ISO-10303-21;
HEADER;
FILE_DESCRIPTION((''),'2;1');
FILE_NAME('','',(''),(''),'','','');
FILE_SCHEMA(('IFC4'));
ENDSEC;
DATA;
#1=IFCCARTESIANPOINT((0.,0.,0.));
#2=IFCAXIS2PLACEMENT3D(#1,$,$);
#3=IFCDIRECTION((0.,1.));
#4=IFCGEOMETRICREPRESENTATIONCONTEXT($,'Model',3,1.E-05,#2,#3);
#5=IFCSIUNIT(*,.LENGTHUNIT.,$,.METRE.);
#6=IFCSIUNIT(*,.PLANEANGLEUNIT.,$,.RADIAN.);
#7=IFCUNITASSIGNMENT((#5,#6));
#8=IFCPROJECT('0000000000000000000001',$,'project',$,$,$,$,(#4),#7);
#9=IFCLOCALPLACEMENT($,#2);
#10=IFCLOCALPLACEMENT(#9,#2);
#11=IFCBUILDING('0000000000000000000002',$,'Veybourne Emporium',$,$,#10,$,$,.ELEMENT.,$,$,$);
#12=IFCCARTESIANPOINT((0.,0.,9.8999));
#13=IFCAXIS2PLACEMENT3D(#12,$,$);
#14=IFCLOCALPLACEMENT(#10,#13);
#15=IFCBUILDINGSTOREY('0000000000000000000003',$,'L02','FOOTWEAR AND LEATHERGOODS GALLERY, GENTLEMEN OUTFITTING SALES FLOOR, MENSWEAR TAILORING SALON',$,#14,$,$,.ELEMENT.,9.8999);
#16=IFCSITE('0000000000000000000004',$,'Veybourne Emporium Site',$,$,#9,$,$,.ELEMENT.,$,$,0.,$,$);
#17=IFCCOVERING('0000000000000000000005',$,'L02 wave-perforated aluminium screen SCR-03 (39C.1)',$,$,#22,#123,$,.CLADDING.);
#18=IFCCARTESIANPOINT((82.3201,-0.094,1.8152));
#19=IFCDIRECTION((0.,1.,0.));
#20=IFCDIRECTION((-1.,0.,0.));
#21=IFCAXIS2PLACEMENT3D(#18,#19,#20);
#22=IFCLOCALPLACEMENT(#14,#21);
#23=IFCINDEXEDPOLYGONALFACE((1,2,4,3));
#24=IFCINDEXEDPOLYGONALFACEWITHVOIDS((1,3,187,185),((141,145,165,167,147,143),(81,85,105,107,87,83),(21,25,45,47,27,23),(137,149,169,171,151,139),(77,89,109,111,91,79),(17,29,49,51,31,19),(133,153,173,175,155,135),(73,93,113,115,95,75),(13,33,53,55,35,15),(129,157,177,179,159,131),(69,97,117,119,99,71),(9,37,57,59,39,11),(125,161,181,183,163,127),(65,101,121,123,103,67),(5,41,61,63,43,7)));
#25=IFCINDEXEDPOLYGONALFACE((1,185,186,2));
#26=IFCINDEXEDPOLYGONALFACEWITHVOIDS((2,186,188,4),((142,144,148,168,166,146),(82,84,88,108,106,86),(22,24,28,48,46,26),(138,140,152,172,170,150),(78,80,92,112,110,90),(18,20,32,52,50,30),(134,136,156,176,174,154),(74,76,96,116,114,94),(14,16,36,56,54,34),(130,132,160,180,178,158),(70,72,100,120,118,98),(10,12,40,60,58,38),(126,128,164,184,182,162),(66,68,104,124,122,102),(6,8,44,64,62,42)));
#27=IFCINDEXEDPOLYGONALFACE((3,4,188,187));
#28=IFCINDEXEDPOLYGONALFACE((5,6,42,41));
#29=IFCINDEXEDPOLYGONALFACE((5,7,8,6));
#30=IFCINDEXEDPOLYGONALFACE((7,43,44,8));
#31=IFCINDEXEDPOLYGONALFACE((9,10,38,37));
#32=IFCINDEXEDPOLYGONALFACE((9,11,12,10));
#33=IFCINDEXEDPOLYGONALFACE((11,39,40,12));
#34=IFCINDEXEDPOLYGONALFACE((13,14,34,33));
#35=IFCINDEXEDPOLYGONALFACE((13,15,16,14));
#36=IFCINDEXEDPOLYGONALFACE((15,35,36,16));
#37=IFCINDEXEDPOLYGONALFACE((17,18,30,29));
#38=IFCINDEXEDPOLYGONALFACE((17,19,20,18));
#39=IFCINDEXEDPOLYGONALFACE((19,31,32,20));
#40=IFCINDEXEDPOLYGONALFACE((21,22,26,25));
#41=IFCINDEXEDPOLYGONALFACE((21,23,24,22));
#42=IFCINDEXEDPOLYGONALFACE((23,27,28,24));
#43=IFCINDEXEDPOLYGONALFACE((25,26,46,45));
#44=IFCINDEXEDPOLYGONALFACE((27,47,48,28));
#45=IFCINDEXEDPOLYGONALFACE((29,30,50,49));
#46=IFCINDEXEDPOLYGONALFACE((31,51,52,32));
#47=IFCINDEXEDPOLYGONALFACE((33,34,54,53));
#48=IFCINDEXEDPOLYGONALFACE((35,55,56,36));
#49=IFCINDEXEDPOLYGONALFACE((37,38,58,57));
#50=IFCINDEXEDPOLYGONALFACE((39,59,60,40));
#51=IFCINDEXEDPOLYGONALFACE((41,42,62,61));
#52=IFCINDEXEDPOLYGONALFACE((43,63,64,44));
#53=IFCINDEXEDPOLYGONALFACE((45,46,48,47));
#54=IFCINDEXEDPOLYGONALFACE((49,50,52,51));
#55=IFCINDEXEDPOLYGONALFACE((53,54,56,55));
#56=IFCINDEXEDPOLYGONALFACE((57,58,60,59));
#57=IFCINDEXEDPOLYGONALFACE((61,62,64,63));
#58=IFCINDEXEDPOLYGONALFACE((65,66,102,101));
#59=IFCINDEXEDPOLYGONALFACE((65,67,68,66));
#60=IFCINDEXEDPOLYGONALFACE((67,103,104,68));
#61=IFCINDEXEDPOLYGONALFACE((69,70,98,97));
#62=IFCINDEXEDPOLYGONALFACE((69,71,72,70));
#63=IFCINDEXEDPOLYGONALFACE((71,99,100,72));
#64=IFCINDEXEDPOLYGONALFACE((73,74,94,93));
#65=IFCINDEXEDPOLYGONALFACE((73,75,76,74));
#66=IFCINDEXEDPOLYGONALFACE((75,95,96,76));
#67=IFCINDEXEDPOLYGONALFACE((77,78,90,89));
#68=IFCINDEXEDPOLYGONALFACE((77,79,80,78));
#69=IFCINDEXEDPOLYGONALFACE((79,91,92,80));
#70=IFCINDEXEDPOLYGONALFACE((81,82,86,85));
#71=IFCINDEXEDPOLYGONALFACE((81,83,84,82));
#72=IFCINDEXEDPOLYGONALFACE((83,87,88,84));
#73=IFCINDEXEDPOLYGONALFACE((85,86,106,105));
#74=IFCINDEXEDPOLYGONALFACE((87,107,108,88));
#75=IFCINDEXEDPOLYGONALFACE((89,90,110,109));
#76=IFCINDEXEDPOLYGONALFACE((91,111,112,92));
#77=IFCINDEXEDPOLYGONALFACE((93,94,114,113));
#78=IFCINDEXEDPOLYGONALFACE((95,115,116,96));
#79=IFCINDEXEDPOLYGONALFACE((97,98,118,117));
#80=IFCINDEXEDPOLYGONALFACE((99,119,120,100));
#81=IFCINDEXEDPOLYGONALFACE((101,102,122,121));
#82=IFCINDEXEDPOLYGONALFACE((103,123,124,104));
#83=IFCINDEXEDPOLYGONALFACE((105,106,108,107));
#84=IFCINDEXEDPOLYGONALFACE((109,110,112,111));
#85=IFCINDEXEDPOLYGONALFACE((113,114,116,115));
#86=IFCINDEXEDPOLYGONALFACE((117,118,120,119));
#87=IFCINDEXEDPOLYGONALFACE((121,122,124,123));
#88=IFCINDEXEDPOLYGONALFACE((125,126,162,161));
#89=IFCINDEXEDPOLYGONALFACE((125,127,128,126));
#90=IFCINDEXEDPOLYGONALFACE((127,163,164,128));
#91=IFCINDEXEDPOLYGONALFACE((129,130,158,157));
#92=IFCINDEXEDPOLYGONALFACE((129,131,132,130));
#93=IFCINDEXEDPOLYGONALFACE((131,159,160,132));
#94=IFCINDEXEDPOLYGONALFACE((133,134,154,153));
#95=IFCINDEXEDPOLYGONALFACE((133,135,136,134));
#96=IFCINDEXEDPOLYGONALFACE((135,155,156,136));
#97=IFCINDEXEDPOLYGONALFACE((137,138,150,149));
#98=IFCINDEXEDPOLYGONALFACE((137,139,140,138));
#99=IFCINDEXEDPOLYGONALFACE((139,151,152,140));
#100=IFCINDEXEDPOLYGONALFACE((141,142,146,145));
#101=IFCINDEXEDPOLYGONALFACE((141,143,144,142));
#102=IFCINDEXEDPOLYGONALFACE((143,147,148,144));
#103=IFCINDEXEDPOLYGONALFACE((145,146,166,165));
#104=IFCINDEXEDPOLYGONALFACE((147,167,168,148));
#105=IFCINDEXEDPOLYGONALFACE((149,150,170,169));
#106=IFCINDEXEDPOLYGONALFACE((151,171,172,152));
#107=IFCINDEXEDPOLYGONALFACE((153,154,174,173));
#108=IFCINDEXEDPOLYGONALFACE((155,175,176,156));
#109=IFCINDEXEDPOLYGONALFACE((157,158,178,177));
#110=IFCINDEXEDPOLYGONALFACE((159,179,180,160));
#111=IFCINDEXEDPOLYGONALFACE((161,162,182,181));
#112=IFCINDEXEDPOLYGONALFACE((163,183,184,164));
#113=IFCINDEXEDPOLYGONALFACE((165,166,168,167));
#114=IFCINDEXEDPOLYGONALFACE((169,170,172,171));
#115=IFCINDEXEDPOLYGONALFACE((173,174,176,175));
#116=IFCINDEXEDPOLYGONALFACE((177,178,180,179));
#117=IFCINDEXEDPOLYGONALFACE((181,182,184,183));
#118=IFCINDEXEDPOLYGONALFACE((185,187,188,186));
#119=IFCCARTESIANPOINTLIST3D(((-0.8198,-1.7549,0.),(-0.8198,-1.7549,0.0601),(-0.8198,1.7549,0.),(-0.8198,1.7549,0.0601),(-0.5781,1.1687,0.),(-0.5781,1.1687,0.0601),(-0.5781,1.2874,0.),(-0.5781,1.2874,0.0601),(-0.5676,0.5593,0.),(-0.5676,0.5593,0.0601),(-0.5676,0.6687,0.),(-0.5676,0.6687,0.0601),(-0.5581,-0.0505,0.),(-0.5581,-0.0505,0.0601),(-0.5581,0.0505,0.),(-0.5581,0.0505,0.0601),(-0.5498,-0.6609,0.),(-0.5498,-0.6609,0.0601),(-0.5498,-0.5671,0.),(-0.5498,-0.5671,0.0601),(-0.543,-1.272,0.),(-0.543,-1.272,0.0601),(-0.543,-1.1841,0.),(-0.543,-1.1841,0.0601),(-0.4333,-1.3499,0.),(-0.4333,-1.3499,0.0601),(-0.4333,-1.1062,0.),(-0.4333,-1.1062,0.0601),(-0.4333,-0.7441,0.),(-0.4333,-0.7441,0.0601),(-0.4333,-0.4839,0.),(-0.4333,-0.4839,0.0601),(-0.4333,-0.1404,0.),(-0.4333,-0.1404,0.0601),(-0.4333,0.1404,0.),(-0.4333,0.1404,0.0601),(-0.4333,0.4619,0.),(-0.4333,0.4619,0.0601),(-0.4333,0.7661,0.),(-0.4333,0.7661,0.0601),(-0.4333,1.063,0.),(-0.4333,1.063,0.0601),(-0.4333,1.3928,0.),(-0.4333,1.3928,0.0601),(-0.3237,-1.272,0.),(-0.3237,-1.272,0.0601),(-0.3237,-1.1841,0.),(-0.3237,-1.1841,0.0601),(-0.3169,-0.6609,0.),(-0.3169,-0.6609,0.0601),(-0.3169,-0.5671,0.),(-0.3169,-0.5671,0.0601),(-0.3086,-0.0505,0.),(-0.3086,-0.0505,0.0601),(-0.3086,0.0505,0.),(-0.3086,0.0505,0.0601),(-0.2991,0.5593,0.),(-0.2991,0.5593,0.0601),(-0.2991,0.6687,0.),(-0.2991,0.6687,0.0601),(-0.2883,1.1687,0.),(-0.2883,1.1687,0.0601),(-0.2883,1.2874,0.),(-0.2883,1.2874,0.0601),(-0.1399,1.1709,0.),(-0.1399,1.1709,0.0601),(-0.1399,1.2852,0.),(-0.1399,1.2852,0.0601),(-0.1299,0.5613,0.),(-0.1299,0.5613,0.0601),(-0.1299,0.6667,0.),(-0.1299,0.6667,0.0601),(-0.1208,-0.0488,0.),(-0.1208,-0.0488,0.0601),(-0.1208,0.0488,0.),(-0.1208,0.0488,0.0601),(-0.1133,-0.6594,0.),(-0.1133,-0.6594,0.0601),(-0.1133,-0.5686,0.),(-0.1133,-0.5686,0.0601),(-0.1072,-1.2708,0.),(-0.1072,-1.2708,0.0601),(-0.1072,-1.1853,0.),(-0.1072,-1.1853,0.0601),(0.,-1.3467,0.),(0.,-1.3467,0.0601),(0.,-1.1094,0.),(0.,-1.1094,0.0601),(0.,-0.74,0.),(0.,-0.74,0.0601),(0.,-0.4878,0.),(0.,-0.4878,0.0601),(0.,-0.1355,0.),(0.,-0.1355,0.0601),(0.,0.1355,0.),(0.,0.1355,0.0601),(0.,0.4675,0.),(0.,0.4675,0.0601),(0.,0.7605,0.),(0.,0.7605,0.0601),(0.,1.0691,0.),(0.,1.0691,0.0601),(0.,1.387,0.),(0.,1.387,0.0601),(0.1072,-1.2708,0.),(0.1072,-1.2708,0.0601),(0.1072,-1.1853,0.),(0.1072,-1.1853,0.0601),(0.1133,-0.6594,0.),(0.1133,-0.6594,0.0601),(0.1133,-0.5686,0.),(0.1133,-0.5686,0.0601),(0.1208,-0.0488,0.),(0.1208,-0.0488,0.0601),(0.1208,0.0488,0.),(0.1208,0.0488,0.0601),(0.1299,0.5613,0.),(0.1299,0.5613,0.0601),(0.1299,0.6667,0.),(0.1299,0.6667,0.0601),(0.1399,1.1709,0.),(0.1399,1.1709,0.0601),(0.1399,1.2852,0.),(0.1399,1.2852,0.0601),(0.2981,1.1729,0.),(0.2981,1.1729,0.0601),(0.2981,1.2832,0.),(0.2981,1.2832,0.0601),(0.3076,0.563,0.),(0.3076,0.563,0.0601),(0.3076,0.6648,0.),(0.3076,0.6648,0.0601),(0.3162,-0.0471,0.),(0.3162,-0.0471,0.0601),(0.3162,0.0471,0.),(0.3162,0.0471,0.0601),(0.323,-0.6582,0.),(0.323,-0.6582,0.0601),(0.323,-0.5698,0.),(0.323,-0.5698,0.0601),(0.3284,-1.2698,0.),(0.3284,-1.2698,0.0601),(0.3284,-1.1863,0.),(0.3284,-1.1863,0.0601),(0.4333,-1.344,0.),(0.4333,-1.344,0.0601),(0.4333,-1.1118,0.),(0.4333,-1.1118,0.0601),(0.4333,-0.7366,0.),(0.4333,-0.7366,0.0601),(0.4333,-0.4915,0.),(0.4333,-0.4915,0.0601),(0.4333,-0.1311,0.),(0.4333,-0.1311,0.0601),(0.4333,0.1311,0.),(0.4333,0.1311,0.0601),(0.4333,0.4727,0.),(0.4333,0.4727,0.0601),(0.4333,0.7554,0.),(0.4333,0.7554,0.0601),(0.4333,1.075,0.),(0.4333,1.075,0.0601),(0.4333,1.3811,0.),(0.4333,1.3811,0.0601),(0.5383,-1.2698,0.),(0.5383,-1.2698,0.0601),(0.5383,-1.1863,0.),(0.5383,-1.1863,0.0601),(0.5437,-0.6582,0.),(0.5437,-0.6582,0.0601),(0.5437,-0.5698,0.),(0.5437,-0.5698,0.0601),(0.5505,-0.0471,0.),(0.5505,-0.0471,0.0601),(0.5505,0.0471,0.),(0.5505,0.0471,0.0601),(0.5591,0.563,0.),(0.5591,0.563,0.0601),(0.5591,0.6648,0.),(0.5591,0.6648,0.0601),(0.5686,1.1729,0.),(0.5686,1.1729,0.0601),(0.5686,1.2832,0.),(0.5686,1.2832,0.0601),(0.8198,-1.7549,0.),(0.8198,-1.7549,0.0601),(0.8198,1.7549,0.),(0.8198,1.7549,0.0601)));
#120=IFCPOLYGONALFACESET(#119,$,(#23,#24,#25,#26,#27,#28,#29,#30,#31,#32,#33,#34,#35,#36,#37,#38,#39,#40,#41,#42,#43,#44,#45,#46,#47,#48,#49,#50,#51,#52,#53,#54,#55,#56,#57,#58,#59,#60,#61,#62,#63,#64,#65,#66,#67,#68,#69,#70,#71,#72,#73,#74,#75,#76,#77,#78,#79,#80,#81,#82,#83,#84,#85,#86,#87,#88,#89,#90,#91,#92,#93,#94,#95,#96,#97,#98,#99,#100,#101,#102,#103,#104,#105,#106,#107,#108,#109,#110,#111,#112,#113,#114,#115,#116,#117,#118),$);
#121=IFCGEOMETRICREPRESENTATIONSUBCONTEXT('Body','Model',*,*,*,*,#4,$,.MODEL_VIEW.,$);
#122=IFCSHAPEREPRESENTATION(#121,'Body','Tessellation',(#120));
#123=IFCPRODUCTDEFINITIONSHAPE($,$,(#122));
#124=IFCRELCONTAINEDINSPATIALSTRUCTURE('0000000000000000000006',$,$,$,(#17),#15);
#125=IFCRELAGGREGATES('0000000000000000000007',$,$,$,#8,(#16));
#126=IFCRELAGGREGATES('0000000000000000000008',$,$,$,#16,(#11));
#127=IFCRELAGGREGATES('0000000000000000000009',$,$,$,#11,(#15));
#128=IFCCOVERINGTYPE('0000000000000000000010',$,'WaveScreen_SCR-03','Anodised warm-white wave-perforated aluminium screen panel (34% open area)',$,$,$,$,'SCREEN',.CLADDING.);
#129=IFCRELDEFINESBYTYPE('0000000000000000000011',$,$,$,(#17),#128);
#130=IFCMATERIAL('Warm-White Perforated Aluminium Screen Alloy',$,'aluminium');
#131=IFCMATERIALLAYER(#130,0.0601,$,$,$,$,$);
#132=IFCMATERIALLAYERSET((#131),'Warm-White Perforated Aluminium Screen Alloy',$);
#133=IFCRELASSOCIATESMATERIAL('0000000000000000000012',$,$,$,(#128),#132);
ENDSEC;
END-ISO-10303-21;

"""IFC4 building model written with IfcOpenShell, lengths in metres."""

from ifc_helpers import new_model, si_unit, direction, frame, origin, place, context, subcontext, project, spatial, polyline, outline, extrude, material, layer, layer_set, type_object, element, save


model = new_model("IFC4")

# Units and contexts
model_context = context("Model", 3, precision=1e-05, world=origin(), true_north=direction((0.0, 1.0)))
body_context = subcontext(model_context, "Body", "Model", "MODEL_VIEW")
ifc_project = project(units=[si_unit("LENGTHUNIT", "METRE"), si_unit("PLANEANGLEUNIT", "RADIAN")], contexts=[model_context])

# Site, building, storey
site_placement = place(None, origin())
site = spatial("IfcSite", under=ifc_project, at=site_placement, Name="Veybourne Emporium Site", CompositionType="ELEMENT", RefElevation=0.0)
building_placement = place(site_placement, origin())
building = spatial("IfcBuilding", under=site, at=building_placement, Name="Veybourne Emporium", CompositionType="ELEMENT")
storey_placement = place(building_placement, frame((0.0, 0.0, 9.8999)))
storey = spatial("IfcBuildingStorey", under=building, at=storey_placement, Name="L02", Description="FOOTWEAR AND LEATHERGOODS GALLERY, GENTLEMEN OUTFITTING SALES FLOOR, MENSWEAR TAILORING SALON", CompositionType="ELEMENT", Elevation=9.8999)

# Covering
ifc_material_1 = material(Name="Warm-White Perforated Aluminium Screen Alloy", Category="aluminium")
ifc_layer_1 = layer(ifc_material_1, 0.0601)
ifc_layer_set_1 = layer_set([ifc_layer_1], Name="Warm-White Perforated Aluminium Screen Alloy")
covering_type_1 = type_object("IfcCoveringType", Name="WaveScreen_SCR-03", Description="Anodised warm-white wave-perforated aluminium screen panel (34% open area)", ElementType="SCREEN", PredefinedType="CLADDING", material=ifc_layer_set_1)
covering_1_placement = place(storey_placement, frame((82.3201, -0.094, 1.8152), z_axis=(0.0, 1.0, 0.0), x_axis=(-1.0, 0.0, 0.0)))
element("IfcCovering", 1, at=covering_1_placement, inside=storey, type_object=covering_type_1, Name="L02 wave-perforated aluminium screen SCR-03 (39C.1)", PredefinedType="CLADDING", context=body_context, shape_type="SweptSolid", body=[
    extrude(outline(polyline([(-0.8198, -1.7549), (0.8198, -1.7549), (0.8198, 1.7549), (-0.8198, 1.7549), (-0.8198, -1.7549)]), holes=[polyline([(-0.4333, -1.1062), (-0.3237, -1.1841), (-0.3237, -1.272), (-0.4333, -1.3499), (-0.543, -1.272), (-0.543, -1.1841), (-0.4333, -1.1062)]), polyline([(-0.4333, -0.4839), (-0.3169, -0.5671), (-0.3169, -0.6609), (-0.4333, -0.7441), (-0.5498, -0.6609), (-0.5498, -0.5671), (-0.4333, -0.4839)]), polyline([(-0.4333, 0.1404), (-0.3086, 0.0505), (-0.3086, -0.0505), (-0.4333, -0.1404), (-0.5581, -0.0505), (-0.5581, 0.0505), (-0.4333, 0.1404)]), polyline([(-0.4333, 0.7661), (-0.2991, 0.6687), (-0.2991, 0.5593), (-0.4333, 0.4619), (-0.5676, 0.5593), (-0.5676, 0.6687), (-0.4333, 0.7661)]), polyline([(-0.4333, 1.3928), (-0.2883, 1.2874), (-0.2883, 1.1687), (-0.4333, 1.063), (-0.5781, 1.1687), (-0.5781, 1.2874), (-0.4333, 1.3928)]), polyline([(0.0, -1.1094), (0.1072, -1.1853), (0.1072, -1.2708), (0.0, -1.3467), (-0.1072, -1.2708), (-0.1072, -1.1853), (0.0, -1.1094)]), polyline([(0.0, -0.4878), (0.1133, -0.5686), (0.1133, -0.6594), (0.0, -0.74), (-0.1133, -0.6594), (-0.1133, -0.5686), (0.0, -0.4878)]), polyline([(0.0, 0.1355), (0.1208, 0.0488), (0.1208, -0.0488), (0.0, -0.1355), (-0.1208, -0.0488), (-0.1208, 0.0488), (0.0, 0.1355)]), polyline([(0.0, 0.7605), (0.1299, 0.6667), (0.1299, 0.5613), (0.0, 0.4675), (-0.1299, 0.5613), (-0.1299, 0.6667), (0.0, 0.7605)]), polyline([(0.0, 1.387), (0.1399, 1.2852), (0.1399, 1.1709), (0.0, 1.0691), (-0.1399, 1.1709), (-0.1399, 1.2852), (0.0, 1.387)]), polyline([(0.4333, -1.1118), (0.5383, -1.1863), (0.5383, -1.2698), (0.4333, -1.344), (0.3284, -1.2698), (0.3284, -1.1863), (0.4333, -1.1118)]), polyline([(0.4333, -0.4915), (0.5437, -0.5698), (0.5437, -0.6582), (0.4333, -0.7366), (0.323, -0.6582), (0.323, -0.5698), (0.4333, -0.4915)]), polyline([(0.4333, 0.1311), (0.5505, 0.0471), (0.5505, -0.0471), (0.4333, -0.1311), (0.3162, -0.0471), (0.3162, 0.0471), (0.4333, 0.1311)]), polyline([(0.4333, 0.7554), (0.5591, 0.6648), (0.5591, 0.563), (0.4333, 0.4727), (0.3076, 0.563), (0.3076, 0.6648), (0.4333, 0.7554)]), polyline([(0.4333, 1.3811), (0.5686, 1.2832), (0.5686, 1.1729), (0.4333, 1.075), (0.2981, 1.1729), (0.2981, 1.2832), (0.4333, 1.3811)])]), origin(), (0.0, 0.0, 1.0), 0.0601),
])

save(model, "model.ifc")
